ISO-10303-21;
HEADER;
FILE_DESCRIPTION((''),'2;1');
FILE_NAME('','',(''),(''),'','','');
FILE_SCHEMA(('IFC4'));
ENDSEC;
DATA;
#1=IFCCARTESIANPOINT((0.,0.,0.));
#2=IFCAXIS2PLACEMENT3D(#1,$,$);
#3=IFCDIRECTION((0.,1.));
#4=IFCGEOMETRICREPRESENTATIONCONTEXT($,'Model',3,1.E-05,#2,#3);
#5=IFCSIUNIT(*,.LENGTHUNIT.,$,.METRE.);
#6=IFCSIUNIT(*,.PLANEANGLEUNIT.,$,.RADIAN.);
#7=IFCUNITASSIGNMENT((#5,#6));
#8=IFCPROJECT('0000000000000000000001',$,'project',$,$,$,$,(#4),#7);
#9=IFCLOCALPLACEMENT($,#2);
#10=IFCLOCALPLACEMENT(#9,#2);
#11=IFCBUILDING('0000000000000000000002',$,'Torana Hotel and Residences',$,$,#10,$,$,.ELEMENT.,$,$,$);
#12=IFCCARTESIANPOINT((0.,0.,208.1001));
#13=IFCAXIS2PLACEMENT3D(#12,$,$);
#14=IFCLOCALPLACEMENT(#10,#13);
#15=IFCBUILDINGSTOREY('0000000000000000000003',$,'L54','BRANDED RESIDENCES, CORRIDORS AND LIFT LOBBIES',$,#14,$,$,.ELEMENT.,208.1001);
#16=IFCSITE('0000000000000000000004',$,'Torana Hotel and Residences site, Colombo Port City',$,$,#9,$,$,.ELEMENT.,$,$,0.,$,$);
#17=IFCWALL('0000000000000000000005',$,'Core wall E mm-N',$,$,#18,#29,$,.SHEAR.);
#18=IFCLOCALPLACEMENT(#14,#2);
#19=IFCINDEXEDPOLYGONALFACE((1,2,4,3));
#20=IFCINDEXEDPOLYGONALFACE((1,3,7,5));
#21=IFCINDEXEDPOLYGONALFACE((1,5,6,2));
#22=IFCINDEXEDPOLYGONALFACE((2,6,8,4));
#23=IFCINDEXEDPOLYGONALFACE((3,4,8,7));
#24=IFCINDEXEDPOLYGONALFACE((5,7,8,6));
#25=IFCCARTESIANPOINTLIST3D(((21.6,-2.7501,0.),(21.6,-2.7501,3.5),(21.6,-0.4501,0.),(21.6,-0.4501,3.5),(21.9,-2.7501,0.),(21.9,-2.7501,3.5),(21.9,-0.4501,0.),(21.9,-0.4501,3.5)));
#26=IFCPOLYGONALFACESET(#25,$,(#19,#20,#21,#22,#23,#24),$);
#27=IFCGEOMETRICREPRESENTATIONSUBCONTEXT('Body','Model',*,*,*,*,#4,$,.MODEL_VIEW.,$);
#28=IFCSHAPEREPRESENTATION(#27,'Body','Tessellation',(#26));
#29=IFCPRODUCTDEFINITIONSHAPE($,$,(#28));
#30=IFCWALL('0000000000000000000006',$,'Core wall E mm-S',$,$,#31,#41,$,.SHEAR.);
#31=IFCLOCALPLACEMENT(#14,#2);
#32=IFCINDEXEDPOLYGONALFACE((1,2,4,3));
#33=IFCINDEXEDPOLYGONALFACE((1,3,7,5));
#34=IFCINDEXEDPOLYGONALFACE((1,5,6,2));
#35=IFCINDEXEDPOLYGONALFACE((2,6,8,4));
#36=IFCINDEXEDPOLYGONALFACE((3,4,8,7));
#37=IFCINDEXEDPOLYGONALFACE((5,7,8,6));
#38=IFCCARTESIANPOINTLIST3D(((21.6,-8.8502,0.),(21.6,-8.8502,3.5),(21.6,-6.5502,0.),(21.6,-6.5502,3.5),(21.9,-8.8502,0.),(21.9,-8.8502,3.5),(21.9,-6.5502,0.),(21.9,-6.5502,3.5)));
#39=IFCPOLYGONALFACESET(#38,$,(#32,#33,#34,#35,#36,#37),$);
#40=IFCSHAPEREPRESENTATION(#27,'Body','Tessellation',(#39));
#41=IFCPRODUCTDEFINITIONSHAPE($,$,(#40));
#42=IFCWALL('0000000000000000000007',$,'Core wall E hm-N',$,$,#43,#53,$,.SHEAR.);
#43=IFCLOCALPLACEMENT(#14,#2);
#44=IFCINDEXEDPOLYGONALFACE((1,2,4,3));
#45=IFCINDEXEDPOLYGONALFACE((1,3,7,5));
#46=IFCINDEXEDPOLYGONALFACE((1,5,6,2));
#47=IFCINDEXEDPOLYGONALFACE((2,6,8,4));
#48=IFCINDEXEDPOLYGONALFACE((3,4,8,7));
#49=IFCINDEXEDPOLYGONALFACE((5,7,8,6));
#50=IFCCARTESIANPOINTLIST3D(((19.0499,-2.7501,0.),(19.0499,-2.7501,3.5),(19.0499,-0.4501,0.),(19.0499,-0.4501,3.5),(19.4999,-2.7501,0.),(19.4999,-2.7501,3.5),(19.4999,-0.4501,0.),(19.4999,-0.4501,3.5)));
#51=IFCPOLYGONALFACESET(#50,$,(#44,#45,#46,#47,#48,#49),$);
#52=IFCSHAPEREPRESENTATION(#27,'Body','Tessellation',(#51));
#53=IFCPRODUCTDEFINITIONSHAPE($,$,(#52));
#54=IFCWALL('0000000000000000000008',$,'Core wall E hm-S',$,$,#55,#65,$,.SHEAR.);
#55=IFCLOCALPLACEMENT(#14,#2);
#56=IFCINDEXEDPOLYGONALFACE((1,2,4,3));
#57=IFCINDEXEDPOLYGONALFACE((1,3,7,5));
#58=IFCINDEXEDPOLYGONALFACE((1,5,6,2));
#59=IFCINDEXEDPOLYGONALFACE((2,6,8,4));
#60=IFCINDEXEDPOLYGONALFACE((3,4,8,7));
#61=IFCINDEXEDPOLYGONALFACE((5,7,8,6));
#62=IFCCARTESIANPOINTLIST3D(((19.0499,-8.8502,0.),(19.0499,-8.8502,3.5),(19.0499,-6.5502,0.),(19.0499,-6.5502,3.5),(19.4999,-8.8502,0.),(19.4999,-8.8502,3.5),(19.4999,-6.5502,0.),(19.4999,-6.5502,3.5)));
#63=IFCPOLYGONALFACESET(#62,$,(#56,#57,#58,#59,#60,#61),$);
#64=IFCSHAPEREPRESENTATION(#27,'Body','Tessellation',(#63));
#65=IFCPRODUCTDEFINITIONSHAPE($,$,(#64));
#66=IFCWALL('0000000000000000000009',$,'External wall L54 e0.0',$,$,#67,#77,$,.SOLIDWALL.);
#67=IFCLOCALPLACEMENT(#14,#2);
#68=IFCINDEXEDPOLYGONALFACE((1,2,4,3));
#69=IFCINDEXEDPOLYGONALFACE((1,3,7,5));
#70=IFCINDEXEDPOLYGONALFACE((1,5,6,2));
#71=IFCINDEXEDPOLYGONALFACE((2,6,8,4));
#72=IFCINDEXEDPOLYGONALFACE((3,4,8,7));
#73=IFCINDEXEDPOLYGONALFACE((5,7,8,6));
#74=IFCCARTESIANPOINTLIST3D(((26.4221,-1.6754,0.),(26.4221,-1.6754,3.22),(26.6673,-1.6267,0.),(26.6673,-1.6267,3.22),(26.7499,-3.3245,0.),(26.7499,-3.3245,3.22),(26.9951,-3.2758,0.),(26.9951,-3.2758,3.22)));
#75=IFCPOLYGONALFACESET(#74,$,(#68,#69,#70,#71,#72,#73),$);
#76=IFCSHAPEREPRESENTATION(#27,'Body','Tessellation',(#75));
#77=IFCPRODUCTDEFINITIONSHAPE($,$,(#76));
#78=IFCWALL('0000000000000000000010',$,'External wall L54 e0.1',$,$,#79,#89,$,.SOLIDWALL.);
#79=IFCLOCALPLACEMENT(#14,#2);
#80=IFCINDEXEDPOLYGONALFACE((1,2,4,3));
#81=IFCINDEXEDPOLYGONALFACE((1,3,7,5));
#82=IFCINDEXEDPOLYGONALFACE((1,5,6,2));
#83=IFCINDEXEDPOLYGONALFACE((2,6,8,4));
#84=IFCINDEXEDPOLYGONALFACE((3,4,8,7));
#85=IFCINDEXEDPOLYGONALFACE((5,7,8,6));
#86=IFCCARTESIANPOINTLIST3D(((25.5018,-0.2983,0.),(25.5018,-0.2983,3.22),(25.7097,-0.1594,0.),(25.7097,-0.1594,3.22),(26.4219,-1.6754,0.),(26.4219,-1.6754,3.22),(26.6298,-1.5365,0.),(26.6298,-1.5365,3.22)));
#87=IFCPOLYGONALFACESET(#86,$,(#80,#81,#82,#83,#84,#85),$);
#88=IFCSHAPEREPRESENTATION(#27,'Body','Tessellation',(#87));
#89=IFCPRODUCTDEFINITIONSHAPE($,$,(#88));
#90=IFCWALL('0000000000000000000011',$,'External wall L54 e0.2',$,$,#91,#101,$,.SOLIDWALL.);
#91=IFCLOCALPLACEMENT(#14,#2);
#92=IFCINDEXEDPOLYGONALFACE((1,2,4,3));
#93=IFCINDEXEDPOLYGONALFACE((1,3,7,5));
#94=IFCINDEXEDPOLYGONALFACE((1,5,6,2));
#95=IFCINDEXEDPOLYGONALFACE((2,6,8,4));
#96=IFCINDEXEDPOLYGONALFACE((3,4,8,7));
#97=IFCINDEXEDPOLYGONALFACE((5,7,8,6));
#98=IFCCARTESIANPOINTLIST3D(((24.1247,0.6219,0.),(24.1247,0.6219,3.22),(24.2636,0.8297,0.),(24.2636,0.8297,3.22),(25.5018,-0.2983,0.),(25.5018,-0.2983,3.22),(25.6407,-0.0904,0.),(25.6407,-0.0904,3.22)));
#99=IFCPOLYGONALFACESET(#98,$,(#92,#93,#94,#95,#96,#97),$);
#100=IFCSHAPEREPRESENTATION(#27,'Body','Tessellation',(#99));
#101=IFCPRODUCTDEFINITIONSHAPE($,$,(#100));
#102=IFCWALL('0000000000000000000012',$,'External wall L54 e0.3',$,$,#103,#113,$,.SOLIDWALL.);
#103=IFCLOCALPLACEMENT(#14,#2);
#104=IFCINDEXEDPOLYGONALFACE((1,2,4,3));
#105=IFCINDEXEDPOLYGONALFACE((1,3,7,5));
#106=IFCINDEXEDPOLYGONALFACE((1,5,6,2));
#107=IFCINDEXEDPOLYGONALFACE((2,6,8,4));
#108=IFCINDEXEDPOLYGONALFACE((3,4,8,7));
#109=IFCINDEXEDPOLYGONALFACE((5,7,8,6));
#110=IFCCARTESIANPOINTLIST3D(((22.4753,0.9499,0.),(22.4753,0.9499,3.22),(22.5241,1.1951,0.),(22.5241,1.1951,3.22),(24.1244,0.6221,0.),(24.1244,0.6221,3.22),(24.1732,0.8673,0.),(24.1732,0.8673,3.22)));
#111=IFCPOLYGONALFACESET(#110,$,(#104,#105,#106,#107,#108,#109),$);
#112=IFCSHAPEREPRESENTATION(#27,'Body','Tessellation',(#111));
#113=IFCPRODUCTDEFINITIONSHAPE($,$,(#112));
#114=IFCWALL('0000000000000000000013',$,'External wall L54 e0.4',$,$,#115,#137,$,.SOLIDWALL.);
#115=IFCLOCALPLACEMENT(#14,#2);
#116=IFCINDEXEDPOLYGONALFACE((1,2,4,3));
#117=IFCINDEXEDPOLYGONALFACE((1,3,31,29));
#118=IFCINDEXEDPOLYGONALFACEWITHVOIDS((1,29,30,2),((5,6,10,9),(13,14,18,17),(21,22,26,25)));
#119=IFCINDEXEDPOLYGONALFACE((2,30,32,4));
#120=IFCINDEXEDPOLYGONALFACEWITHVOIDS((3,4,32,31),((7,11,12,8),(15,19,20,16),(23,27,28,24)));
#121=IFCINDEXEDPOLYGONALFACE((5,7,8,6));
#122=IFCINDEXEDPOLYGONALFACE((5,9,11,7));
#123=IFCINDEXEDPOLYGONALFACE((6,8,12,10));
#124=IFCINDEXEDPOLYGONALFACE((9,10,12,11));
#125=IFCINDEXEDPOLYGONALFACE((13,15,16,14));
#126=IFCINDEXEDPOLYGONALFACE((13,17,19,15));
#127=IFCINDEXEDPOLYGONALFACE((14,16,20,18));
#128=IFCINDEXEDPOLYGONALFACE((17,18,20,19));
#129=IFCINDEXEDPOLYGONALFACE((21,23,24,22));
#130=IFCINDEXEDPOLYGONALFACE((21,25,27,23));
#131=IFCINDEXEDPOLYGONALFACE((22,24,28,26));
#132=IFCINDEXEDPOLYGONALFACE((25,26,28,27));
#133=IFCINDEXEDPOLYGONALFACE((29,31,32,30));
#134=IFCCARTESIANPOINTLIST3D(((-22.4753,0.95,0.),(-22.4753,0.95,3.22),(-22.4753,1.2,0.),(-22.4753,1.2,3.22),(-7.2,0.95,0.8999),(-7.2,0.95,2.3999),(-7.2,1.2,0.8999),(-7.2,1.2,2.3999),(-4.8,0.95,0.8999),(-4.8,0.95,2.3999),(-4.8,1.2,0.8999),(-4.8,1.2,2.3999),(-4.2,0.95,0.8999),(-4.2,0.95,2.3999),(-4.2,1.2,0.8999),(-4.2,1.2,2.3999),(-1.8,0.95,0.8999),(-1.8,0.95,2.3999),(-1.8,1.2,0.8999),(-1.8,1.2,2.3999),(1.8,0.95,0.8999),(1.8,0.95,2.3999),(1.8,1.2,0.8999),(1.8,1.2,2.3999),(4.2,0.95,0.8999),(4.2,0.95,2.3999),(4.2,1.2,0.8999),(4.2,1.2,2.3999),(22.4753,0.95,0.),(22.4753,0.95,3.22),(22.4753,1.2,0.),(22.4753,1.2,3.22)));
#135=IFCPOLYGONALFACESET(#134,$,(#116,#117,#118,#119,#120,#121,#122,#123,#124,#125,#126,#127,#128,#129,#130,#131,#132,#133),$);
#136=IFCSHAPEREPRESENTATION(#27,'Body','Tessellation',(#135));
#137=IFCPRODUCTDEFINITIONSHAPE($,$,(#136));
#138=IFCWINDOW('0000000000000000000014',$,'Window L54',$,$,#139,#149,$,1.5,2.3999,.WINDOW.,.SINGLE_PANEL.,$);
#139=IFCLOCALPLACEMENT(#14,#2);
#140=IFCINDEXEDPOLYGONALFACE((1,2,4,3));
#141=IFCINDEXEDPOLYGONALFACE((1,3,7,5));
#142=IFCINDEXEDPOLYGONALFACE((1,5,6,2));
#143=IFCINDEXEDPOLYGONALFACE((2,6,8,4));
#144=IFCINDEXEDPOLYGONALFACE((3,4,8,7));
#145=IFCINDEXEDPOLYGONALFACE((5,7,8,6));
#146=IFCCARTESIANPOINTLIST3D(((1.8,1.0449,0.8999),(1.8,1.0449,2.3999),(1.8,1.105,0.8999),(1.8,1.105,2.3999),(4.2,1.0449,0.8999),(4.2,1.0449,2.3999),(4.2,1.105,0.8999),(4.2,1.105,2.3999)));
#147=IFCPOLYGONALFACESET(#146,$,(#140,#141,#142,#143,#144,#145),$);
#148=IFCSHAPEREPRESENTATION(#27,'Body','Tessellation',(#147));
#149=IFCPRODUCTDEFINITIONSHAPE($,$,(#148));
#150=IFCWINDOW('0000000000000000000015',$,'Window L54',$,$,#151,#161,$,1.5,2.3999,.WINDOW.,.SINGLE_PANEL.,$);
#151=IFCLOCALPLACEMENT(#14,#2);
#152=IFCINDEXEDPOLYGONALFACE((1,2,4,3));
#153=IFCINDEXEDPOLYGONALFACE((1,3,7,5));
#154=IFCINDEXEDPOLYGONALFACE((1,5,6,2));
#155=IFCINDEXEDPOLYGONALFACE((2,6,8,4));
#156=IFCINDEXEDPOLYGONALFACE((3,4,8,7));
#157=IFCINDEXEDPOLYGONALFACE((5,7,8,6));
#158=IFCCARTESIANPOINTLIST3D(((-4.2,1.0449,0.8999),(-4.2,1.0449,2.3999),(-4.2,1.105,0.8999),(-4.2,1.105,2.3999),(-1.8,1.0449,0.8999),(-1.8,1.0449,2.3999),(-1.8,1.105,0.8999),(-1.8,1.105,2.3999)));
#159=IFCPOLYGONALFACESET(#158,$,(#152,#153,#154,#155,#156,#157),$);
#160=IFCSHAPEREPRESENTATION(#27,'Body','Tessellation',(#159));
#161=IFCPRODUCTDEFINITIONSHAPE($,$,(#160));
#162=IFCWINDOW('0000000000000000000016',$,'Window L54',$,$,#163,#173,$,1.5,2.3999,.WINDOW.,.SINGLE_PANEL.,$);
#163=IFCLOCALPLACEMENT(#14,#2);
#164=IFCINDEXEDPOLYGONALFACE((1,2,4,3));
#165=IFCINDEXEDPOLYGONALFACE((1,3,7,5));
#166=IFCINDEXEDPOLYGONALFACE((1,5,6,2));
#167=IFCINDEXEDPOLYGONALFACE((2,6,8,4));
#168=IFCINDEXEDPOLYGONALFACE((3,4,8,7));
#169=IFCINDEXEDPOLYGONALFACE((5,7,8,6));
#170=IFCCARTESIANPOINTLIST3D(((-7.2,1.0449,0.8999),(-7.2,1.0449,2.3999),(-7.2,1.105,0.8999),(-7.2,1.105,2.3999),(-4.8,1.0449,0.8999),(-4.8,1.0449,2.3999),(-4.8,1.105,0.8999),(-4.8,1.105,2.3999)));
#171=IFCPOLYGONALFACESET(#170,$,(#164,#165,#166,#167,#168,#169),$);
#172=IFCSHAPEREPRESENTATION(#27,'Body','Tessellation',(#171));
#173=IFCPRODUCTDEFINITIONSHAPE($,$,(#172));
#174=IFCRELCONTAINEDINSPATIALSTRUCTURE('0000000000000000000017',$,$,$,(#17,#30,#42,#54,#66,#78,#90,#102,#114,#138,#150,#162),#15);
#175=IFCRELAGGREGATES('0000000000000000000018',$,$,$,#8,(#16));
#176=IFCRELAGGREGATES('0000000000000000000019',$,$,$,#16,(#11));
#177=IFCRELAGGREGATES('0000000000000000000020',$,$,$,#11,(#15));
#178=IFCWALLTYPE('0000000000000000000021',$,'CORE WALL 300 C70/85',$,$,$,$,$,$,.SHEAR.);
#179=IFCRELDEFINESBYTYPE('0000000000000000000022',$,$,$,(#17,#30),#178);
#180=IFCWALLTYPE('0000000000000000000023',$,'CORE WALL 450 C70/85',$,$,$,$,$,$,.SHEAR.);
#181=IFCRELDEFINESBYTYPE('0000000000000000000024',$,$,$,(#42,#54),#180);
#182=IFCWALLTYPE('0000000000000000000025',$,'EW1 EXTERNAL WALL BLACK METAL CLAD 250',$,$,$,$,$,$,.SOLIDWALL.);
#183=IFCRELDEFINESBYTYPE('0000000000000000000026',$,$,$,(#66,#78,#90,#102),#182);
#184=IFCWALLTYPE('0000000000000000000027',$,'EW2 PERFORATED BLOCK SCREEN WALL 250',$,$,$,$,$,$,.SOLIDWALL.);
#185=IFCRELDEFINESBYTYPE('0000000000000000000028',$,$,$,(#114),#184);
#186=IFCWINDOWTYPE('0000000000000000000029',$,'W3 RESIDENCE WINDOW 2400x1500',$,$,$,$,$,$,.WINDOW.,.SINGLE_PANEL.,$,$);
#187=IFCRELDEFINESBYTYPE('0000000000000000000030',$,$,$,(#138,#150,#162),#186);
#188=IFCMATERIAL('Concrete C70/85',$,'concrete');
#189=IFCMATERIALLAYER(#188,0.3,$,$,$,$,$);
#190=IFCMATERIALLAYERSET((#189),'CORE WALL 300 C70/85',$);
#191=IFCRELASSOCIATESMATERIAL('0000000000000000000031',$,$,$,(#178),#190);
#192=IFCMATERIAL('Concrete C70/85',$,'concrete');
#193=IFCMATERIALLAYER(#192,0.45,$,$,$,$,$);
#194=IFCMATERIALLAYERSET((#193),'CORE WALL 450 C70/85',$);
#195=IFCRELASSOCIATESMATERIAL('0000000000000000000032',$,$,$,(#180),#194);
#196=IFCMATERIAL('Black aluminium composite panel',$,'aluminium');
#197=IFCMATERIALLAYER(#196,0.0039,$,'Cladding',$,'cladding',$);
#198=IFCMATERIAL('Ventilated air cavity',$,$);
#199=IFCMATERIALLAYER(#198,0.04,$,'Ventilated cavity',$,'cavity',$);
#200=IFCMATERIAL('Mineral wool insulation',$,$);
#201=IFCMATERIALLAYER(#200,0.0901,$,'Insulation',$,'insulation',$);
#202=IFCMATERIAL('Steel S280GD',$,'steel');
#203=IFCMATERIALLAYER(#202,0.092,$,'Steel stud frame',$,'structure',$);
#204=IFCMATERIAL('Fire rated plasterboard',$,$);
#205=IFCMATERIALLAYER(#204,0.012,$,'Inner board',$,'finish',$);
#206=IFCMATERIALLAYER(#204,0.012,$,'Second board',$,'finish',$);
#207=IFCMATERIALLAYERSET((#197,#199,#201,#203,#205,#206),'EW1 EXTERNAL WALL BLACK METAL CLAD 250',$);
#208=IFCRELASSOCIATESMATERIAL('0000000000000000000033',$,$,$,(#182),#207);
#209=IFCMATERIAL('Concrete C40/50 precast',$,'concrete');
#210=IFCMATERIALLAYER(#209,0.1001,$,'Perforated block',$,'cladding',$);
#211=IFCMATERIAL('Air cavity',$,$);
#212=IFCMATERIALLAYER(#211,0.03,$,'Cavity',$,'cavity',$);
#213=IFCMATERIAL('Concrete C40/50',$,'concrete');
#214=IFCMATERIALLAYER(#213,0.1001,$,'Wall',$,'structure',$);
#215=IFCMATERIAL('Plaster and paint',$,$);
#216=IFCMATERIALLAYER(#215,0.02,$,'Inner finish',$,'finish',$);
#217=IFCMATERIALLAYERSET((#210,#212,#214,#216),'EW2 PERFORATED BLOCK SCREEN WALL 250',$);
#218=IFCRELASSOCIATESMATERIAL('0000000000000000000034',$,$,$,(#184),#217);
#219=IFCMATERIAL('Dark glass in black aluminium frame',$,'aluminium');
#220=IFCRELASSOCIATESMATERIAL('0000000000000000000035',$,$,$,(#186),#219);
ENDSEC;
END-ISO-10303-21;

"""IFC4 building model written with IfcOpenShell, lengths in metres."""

from ifc_helpers import new_model, si_unit, direction, frame, frame_2d, origin, place, context, subcontext, project, spatial, rectangle, extrude, material, layer, layer_set, type_object, element, fill, save


model = new_model("IFC4")

# Units and contexts
model_context = context("Model", 3, precision=1e-05, world=origin(), true_north=direction((0.0, 1.0)))
body_context = subcontext(model_context, "Body", "Model", "MODEL_VIEW")
ifc_project = project(units=[si_unit("LENGTHUNIT", "METRE"), si_unit("PLANEANGLEUNIT", "RADIAN")], contexts=[model_context])

# Site, building, storey
site_placement = place(None, origin())
site = spatial("IfcSite", under=ifc_project, at=site_placement, Name="Torana Hotel and Residences site, Colombo Port City", CompositionType="ELEMENT", RefElevation=0.0)
building_placement = place(site_placement, origin())
building = spatial("IfcBuilding", under=site, at=building_placement, Name="Torana Hotel and Residences", CompositionType="ELEMENT")
storey_placement = place(building_placement, frame((0.0, 0.0, 208.1001)))
storey = spatial("IfcBuildingStorey", under=building, at=storey_placement, Name="L54", Description="BRANDED RESIDENCES, CORRIDORS AND LIFT LOBBIES", CompositionType="ELEMENT", Elevation=208.1001)

# Walls
ifc_material_1 = material(Name="Concrete C70/85", Category="concrete")
ifc_layer_1 = layer(ifc_material_1, 0.3)
ifc_layer_set_1 = layer_set([ifc_layer_1], Name="CORE WALL 300 C70/85")
wall_type_1 = type_object("IfcWallType", Name="CORE WALL 300 C70/85", PredefinedType="SHEAR", material=ifc_layer_set_1)
for number, where, z_axis, x_axis, name in (
    (1, (21.75, -2.75, 0.0), (0.0, 0.0, 1.0), (0.0, 1.0, 0.0), "Core wall E mm-N"),
    (2, (21.75, -8.8501, 0.0), (0.0, 0.0, 1.0), (0.0, 1.0, 0.0), "Core wall E mm-S"),
):
    element("IfcWall", number, at=place(storey_placement, frame(where, z_axis=z_axis, x_axis=x_axis)), inside=storey, type_object=wall_type_1, Name=name, PredefinedType="SHEAR", context=body_context, shape_type="SweptSolid", body=[
        extrude(rectangle(XDim=2.3, YDim=0.3, at=frame_2d((1.1499, 0.0))), origin(), (0.0, 0.0, 1.0), 3.5),
    ])
ifc_material_2 = material(Name="Concrete C70/85", Category="concrete")
ifc_layer_2 = layer(ifc_material_2, 0.45)
ifc_layer_set_2 = layer_set([ifc_layer_2], Name="CORE WALL 450 C70/85")
wall_type_2 = type_object("IfcWallType", Name="CORE WALL 450 C70/85", PredefinedType="SHEAR", material=ifc_layer_set_2)
for number, where, z_axis, x_axis, name in (
    (3, (19.2749, -2.75, 0.0), (0.0, 0.0, 1.0), (0.0, 1.0, 0.0), "Core wall E hm-N"),
    (4, (19.2749, -8.8501, 0.0), (0.0, 0.0, 1.0), (0.0, 1.0, 0.0), "Core wall E hm-S"),
):
    element("IfcWall", number, at=place(storey_placement, frame(where, z_axis=z_axis, x_axis=x_axis)), inside=storey, type_object=wall_type_2, Name=name, PredefinedType="SHEAR", context=body_context, shape_type="SweptSolid", body=[
        extrude(rectangle(XDim=2.3, YDim=0.45, at=frame_2d((1.1499, 0.0))), origin(), (0.0, 0.0, 1.0), 3.5),
    ])
ifc_material_3 = material(Name="Black aluminium composite panel", Category="aluminium")
ifc_layer_3 = layer(ifc_material_3, 0.0039, Name="Cladding", Category="cladding")
ifc_material_4 = material(Name="Ventilated air cavity")
ifc_layer_4 = layer(ifc_material_4, 0.04, Name="Ventilated cavity", Category="cavity")
ifc_material_5 = material(Name="Mineral wool insulation")
ifc_layer_5 = layer(ifc_material_5, 0.0901, Name="Insulation", Category="insulation")
ifc_material_6 = material(Name="Steel S280GD", Category="steel")
ifc_layer_6 = layer(ifc_material_6, 0.092, Name="Steel stud frame", Category="structure")
ifc_material_7 = material(Name="Fire rated plasterboard")
ifc_layer_7 = layer(ifc_material_7, 0.012, Name="Inner board", Category="finish")
ifc_layer_8 = layer(ifc_material_7, 0.012, Name="Second board", Category="finish")
ifc_layer_set_3 = layer_set([ifc_layer_3, ifc_layer_4, ifc_layer_5, ifc_layer_6, ifc_layer_7, ifc_layer_8], Name="EW1 EXTERNAL WALL BLACK METAL CLAD 250")
wall_type_3 = type_object("IfcWallType", Name="EW1 EXTERNAL WALL BLACK METAL CLAD 250", PredefinedType="SOLIDWALL", material=ifc_layer_set_3)
wall_1_placement = place(storey_placement, frame((26.8726, -3.3003, 0.0), z_axis=(0.0, 0.0, 1.0), x_axis=(-0.194999, 0.980803, 0.0)))
element("IfcWall", 5, at=wall_1_placement, inside=storey, type_object=wall_type_3, Name="External wall L54 e0.0", PredefinedType="SOLIDWALL", context=body_context, shape_type="SweptSolid", body=[
    extrude(rectangle(XDim=1.6814, YDim=0.25, at=frame_2d((0.8408, 0.0))), origin(), (0.0, 0.0, 1.0), 3.22),
])
for number, where, z_axis, x_axis, name in (
    (6, (26.5259, -1.606, 0.0), (0.0, 0.0, 1.0), (-0.55555, 0.831483, 0.0), "External wall L54 e0.1"),
    (7, (25.5713, -0.1943, 0.0), (0.0, 0.0, 1.0), (-0.831483, 0.55555, 0.0), "External wall L54 e0.2"),
):
    element("IfcWall", number, at=place(storey_placement, frame(where, z_axis=z_axis, x_axis=x_axis)), inside=storey, type_object=wall_type_3, Name=name, PredefinedType="SOLIDWALL", context=body_context, shape_type="SweptSolid", body=[
        extrude(rectangle(XDim=1.6562, YDim=0.25, at=frame_2d((0.8281, 0.0))), origin(), (0.0, 0.0, 1.0), 3.22),
    ])
wall_2_placement = place(storey_placement, frame((24.1489, 0.7446, 0.0), z_axis=(0.0, 0.0, 1.0), x_axis=(-0.980803, 0.194999, 0.0)))
element("IfcWall", 8, at=wall_2_placement, inside=storey, type_object=wall_type_3, Name="External wall L54 e0.3", PredefinedType="SOLIDWALL", context=body_context, shape_type="SweptSolid", body=[
    extrude(rectangle(XDim=1.6814, YDim=0.25, at=frame_2d((0.8408, 0.0))), origin(), (0.0, 0.0, 1.0), 3.22),
])

# Wall, openings, windows
ifc_material_8 = material(Name="Concrete C40/50 precast", Category="concrete")
ifc_layer_9 = layer(ifc_material_8, 0.1001, Name="Perforated block", Category="cladding")
ifc_material_9 = material(Name="Air cavity")
ifc_layer_10 = layer(ifc_material_9, 0.03, Name="Cavity", Category="cavity")
ifc_material_10 = material(Name="Concrete C40/50", Category="concrete")
ifc_layer_11 = layer(ifc_material_10, 0.1001, Name="Wall", Category="structure")
ifc_material_11 = material(Name="Plaster and paint")
ifc_layer_12 = layer(ifc_material_11, 0.02, Name="Inner finish", Category="finish")
ifc_layer_set_4 = layer_set([ifc_layer_9, ifc_layer_10, ifc_layer_11, ifc_layer_12], Name="EW2 PERFORATED BLOCK SCREEN WALL 250")
wall_type_4 = type_object("IfcWallType", Name="EW2 PERFORATED BLOCK SCREEN WALL 250", PredefinedType="SOLIDWALL", material=ifc_layer_set_4)
wall_3_placement = place(storey_placement, frame((22.4753, 1.075, 0.0), z_axis=(0.0, 0.0, 1.0), x_axis=(-1.0, 0.0, 0.0)))
wall_3 = element("IfcWall", 9, at=wall_3_placement, inside=storey, type_object=wall_type_4, Name="External wall L54 e0.4", PredefinedType="SOLIDWALL", context=body_context, shape_type="SweptSolid", body=[
    extrude(rectangle(XDim=44.9507, YDim=0.25, at=frame_2d((22.4753, 0.0))), origin(), (0.0, 0.0, 1.0), 3.22),
])
opening_1_placement = place(wall_3_placement, frame((18.2754, 0.0, 0.8999)))
opening_1 = element("IfcOpeningElement", 10, at=opening_1_placement, cuts=wall_3, PredefinedType="OPENING", context=body_context, shape_type="SweptSolid", body=[
    extrude(rectangle(XDim=2.3999, YDim=1.5, at=frame_2d((1.2, 0.75))), frame((0.0, 0.135, 0.0), z_axis=(0.0, -1.0, 0.0), x_axis=(1.0, 0.0, 0.0)), (0.0, 0.0, 1.0), 0.27),
])
opening_2_placement = place(wall_3_placement, frame((24.2754, 0.0, 0.8999)))
opening_2 = element("IfcOpeningElement", 11, at=opening_2_placement, cuts=wall_3, PredefinedType="OPENING", context=body_context, shape_type="SweptSolid", body=[
    extrude(rectangle(XDim=2.3999, YDim=1.5, at=frame_2d((1.2, 0.75))), frame((0.0, 0.135, 0.0), z_axis=(0.0, -1.0, 0.0), x_axis=(1.0, 0.0, 0.0)), (0.0, 0.0, 1.0), 0.27),
])
opening_3_placement = place(wall_3_placement, frame((27.2754, 0.0, 0.8999)))
opening_3 = element("IfcOpeningElement", 12, at=opening_3_placement, cuts=wall_3, PredefinedType="OPENING", context=body_context, shape_type="SweptSolid", body=[
    extrude(rectangle(XDim=2.3999, YDim=1.5, at=frame_2d((1.2, 0.75))), frame((0.0, 0.135, 0.0), z_axis=(0.0, -1.0, 0.0), x_axis=(1.0, 0.0, 0.0)), (0.0, 0.0, 1.0), 0.27),
])
ifc_material_12 = material(Name="Dark glass in black aluminium frame", Category="aluminium")
window_type = type_object("IfcWindowType", Name="W3 RESIDENCE WINDOW 2400x1500", PartitioningType="SINGLE_PANEL", PredefinedType="WINDOW", material=ifc_material_12)
window_1_placement = place(opening_1_placement, origin())
window_1 = element("IfcWindow", 13, at=window_1_placement, inside=storey, type_object=window_type, Name="Window L54", OverallHeight=1.5, OverallWidth=2.3999, PartitioningType="SINGLE_PANEL", PredefinedType="WINDOW", context=body_context, shape_type="SweptSolid", body=[
    extrude(rectangle(XDim=2.3999, YDim=1.5, at=frame_2d((1.2, 0.75))), frame((0.0, 0.03, 0.0), z_axis=(0.0, -1.0, 0.0), x_axis=(1.0, 0.0, 0.0)), (0.0, 0.0, 1.0), 0.0601),
])
fill(opening_1, window_1)
window_2_placement = place(opening_2_placement, origin())
window_2 = element("IfcWindow", 14, at=window_2_placement, inside=storey, type_object=window_type, Name="Window L54", OverallHeight=1.5, OverallWidth=2.3999, PartitioningType="SINGLE_PANEL", PredefinedType="WINDOW", context=body_context, shape_type="SweptSolid", body=[
    extrude(rectangle(XDim=2.3999, YDim=1.5, at=frame_2d((1.2, 0.75))), frame((0.0, 0.03, 0.0), z_axis=(0.0, -1.0, 0.0), x_axis=(1.0, 0.0, 0.0)), (0.0, 0.0, 1.0), 0.0601),
])
fill(opening_2, window_2)
window_3_placement = place(opening_3_placement, origin())
window_3 = element("IfcWindow", 15, at=window_3_placement, inside=storey, type_object=window_type, Name="Window L54", OverallHeight=1.5, OverallWidth=2.3999, PartitioningType="SINGLE_PANEL", PredefinedType="WINDOW", context=body_context, shape_type="SweptSolid", body=[
    extrude(rectangle(XDim=2.3999, YDim=1.5, at=frame_2d((1.2, 0.75))), frame((0.0, 0.03, 0.0), z_axis=(0.0, -1.0, 0.0), x_axis=(1.0, 0.0, 0.0)), (0.0, 0.0, 1.0), 0.0601),
])
fill(opening_3, window_3)

save(model, "model.ifc")
